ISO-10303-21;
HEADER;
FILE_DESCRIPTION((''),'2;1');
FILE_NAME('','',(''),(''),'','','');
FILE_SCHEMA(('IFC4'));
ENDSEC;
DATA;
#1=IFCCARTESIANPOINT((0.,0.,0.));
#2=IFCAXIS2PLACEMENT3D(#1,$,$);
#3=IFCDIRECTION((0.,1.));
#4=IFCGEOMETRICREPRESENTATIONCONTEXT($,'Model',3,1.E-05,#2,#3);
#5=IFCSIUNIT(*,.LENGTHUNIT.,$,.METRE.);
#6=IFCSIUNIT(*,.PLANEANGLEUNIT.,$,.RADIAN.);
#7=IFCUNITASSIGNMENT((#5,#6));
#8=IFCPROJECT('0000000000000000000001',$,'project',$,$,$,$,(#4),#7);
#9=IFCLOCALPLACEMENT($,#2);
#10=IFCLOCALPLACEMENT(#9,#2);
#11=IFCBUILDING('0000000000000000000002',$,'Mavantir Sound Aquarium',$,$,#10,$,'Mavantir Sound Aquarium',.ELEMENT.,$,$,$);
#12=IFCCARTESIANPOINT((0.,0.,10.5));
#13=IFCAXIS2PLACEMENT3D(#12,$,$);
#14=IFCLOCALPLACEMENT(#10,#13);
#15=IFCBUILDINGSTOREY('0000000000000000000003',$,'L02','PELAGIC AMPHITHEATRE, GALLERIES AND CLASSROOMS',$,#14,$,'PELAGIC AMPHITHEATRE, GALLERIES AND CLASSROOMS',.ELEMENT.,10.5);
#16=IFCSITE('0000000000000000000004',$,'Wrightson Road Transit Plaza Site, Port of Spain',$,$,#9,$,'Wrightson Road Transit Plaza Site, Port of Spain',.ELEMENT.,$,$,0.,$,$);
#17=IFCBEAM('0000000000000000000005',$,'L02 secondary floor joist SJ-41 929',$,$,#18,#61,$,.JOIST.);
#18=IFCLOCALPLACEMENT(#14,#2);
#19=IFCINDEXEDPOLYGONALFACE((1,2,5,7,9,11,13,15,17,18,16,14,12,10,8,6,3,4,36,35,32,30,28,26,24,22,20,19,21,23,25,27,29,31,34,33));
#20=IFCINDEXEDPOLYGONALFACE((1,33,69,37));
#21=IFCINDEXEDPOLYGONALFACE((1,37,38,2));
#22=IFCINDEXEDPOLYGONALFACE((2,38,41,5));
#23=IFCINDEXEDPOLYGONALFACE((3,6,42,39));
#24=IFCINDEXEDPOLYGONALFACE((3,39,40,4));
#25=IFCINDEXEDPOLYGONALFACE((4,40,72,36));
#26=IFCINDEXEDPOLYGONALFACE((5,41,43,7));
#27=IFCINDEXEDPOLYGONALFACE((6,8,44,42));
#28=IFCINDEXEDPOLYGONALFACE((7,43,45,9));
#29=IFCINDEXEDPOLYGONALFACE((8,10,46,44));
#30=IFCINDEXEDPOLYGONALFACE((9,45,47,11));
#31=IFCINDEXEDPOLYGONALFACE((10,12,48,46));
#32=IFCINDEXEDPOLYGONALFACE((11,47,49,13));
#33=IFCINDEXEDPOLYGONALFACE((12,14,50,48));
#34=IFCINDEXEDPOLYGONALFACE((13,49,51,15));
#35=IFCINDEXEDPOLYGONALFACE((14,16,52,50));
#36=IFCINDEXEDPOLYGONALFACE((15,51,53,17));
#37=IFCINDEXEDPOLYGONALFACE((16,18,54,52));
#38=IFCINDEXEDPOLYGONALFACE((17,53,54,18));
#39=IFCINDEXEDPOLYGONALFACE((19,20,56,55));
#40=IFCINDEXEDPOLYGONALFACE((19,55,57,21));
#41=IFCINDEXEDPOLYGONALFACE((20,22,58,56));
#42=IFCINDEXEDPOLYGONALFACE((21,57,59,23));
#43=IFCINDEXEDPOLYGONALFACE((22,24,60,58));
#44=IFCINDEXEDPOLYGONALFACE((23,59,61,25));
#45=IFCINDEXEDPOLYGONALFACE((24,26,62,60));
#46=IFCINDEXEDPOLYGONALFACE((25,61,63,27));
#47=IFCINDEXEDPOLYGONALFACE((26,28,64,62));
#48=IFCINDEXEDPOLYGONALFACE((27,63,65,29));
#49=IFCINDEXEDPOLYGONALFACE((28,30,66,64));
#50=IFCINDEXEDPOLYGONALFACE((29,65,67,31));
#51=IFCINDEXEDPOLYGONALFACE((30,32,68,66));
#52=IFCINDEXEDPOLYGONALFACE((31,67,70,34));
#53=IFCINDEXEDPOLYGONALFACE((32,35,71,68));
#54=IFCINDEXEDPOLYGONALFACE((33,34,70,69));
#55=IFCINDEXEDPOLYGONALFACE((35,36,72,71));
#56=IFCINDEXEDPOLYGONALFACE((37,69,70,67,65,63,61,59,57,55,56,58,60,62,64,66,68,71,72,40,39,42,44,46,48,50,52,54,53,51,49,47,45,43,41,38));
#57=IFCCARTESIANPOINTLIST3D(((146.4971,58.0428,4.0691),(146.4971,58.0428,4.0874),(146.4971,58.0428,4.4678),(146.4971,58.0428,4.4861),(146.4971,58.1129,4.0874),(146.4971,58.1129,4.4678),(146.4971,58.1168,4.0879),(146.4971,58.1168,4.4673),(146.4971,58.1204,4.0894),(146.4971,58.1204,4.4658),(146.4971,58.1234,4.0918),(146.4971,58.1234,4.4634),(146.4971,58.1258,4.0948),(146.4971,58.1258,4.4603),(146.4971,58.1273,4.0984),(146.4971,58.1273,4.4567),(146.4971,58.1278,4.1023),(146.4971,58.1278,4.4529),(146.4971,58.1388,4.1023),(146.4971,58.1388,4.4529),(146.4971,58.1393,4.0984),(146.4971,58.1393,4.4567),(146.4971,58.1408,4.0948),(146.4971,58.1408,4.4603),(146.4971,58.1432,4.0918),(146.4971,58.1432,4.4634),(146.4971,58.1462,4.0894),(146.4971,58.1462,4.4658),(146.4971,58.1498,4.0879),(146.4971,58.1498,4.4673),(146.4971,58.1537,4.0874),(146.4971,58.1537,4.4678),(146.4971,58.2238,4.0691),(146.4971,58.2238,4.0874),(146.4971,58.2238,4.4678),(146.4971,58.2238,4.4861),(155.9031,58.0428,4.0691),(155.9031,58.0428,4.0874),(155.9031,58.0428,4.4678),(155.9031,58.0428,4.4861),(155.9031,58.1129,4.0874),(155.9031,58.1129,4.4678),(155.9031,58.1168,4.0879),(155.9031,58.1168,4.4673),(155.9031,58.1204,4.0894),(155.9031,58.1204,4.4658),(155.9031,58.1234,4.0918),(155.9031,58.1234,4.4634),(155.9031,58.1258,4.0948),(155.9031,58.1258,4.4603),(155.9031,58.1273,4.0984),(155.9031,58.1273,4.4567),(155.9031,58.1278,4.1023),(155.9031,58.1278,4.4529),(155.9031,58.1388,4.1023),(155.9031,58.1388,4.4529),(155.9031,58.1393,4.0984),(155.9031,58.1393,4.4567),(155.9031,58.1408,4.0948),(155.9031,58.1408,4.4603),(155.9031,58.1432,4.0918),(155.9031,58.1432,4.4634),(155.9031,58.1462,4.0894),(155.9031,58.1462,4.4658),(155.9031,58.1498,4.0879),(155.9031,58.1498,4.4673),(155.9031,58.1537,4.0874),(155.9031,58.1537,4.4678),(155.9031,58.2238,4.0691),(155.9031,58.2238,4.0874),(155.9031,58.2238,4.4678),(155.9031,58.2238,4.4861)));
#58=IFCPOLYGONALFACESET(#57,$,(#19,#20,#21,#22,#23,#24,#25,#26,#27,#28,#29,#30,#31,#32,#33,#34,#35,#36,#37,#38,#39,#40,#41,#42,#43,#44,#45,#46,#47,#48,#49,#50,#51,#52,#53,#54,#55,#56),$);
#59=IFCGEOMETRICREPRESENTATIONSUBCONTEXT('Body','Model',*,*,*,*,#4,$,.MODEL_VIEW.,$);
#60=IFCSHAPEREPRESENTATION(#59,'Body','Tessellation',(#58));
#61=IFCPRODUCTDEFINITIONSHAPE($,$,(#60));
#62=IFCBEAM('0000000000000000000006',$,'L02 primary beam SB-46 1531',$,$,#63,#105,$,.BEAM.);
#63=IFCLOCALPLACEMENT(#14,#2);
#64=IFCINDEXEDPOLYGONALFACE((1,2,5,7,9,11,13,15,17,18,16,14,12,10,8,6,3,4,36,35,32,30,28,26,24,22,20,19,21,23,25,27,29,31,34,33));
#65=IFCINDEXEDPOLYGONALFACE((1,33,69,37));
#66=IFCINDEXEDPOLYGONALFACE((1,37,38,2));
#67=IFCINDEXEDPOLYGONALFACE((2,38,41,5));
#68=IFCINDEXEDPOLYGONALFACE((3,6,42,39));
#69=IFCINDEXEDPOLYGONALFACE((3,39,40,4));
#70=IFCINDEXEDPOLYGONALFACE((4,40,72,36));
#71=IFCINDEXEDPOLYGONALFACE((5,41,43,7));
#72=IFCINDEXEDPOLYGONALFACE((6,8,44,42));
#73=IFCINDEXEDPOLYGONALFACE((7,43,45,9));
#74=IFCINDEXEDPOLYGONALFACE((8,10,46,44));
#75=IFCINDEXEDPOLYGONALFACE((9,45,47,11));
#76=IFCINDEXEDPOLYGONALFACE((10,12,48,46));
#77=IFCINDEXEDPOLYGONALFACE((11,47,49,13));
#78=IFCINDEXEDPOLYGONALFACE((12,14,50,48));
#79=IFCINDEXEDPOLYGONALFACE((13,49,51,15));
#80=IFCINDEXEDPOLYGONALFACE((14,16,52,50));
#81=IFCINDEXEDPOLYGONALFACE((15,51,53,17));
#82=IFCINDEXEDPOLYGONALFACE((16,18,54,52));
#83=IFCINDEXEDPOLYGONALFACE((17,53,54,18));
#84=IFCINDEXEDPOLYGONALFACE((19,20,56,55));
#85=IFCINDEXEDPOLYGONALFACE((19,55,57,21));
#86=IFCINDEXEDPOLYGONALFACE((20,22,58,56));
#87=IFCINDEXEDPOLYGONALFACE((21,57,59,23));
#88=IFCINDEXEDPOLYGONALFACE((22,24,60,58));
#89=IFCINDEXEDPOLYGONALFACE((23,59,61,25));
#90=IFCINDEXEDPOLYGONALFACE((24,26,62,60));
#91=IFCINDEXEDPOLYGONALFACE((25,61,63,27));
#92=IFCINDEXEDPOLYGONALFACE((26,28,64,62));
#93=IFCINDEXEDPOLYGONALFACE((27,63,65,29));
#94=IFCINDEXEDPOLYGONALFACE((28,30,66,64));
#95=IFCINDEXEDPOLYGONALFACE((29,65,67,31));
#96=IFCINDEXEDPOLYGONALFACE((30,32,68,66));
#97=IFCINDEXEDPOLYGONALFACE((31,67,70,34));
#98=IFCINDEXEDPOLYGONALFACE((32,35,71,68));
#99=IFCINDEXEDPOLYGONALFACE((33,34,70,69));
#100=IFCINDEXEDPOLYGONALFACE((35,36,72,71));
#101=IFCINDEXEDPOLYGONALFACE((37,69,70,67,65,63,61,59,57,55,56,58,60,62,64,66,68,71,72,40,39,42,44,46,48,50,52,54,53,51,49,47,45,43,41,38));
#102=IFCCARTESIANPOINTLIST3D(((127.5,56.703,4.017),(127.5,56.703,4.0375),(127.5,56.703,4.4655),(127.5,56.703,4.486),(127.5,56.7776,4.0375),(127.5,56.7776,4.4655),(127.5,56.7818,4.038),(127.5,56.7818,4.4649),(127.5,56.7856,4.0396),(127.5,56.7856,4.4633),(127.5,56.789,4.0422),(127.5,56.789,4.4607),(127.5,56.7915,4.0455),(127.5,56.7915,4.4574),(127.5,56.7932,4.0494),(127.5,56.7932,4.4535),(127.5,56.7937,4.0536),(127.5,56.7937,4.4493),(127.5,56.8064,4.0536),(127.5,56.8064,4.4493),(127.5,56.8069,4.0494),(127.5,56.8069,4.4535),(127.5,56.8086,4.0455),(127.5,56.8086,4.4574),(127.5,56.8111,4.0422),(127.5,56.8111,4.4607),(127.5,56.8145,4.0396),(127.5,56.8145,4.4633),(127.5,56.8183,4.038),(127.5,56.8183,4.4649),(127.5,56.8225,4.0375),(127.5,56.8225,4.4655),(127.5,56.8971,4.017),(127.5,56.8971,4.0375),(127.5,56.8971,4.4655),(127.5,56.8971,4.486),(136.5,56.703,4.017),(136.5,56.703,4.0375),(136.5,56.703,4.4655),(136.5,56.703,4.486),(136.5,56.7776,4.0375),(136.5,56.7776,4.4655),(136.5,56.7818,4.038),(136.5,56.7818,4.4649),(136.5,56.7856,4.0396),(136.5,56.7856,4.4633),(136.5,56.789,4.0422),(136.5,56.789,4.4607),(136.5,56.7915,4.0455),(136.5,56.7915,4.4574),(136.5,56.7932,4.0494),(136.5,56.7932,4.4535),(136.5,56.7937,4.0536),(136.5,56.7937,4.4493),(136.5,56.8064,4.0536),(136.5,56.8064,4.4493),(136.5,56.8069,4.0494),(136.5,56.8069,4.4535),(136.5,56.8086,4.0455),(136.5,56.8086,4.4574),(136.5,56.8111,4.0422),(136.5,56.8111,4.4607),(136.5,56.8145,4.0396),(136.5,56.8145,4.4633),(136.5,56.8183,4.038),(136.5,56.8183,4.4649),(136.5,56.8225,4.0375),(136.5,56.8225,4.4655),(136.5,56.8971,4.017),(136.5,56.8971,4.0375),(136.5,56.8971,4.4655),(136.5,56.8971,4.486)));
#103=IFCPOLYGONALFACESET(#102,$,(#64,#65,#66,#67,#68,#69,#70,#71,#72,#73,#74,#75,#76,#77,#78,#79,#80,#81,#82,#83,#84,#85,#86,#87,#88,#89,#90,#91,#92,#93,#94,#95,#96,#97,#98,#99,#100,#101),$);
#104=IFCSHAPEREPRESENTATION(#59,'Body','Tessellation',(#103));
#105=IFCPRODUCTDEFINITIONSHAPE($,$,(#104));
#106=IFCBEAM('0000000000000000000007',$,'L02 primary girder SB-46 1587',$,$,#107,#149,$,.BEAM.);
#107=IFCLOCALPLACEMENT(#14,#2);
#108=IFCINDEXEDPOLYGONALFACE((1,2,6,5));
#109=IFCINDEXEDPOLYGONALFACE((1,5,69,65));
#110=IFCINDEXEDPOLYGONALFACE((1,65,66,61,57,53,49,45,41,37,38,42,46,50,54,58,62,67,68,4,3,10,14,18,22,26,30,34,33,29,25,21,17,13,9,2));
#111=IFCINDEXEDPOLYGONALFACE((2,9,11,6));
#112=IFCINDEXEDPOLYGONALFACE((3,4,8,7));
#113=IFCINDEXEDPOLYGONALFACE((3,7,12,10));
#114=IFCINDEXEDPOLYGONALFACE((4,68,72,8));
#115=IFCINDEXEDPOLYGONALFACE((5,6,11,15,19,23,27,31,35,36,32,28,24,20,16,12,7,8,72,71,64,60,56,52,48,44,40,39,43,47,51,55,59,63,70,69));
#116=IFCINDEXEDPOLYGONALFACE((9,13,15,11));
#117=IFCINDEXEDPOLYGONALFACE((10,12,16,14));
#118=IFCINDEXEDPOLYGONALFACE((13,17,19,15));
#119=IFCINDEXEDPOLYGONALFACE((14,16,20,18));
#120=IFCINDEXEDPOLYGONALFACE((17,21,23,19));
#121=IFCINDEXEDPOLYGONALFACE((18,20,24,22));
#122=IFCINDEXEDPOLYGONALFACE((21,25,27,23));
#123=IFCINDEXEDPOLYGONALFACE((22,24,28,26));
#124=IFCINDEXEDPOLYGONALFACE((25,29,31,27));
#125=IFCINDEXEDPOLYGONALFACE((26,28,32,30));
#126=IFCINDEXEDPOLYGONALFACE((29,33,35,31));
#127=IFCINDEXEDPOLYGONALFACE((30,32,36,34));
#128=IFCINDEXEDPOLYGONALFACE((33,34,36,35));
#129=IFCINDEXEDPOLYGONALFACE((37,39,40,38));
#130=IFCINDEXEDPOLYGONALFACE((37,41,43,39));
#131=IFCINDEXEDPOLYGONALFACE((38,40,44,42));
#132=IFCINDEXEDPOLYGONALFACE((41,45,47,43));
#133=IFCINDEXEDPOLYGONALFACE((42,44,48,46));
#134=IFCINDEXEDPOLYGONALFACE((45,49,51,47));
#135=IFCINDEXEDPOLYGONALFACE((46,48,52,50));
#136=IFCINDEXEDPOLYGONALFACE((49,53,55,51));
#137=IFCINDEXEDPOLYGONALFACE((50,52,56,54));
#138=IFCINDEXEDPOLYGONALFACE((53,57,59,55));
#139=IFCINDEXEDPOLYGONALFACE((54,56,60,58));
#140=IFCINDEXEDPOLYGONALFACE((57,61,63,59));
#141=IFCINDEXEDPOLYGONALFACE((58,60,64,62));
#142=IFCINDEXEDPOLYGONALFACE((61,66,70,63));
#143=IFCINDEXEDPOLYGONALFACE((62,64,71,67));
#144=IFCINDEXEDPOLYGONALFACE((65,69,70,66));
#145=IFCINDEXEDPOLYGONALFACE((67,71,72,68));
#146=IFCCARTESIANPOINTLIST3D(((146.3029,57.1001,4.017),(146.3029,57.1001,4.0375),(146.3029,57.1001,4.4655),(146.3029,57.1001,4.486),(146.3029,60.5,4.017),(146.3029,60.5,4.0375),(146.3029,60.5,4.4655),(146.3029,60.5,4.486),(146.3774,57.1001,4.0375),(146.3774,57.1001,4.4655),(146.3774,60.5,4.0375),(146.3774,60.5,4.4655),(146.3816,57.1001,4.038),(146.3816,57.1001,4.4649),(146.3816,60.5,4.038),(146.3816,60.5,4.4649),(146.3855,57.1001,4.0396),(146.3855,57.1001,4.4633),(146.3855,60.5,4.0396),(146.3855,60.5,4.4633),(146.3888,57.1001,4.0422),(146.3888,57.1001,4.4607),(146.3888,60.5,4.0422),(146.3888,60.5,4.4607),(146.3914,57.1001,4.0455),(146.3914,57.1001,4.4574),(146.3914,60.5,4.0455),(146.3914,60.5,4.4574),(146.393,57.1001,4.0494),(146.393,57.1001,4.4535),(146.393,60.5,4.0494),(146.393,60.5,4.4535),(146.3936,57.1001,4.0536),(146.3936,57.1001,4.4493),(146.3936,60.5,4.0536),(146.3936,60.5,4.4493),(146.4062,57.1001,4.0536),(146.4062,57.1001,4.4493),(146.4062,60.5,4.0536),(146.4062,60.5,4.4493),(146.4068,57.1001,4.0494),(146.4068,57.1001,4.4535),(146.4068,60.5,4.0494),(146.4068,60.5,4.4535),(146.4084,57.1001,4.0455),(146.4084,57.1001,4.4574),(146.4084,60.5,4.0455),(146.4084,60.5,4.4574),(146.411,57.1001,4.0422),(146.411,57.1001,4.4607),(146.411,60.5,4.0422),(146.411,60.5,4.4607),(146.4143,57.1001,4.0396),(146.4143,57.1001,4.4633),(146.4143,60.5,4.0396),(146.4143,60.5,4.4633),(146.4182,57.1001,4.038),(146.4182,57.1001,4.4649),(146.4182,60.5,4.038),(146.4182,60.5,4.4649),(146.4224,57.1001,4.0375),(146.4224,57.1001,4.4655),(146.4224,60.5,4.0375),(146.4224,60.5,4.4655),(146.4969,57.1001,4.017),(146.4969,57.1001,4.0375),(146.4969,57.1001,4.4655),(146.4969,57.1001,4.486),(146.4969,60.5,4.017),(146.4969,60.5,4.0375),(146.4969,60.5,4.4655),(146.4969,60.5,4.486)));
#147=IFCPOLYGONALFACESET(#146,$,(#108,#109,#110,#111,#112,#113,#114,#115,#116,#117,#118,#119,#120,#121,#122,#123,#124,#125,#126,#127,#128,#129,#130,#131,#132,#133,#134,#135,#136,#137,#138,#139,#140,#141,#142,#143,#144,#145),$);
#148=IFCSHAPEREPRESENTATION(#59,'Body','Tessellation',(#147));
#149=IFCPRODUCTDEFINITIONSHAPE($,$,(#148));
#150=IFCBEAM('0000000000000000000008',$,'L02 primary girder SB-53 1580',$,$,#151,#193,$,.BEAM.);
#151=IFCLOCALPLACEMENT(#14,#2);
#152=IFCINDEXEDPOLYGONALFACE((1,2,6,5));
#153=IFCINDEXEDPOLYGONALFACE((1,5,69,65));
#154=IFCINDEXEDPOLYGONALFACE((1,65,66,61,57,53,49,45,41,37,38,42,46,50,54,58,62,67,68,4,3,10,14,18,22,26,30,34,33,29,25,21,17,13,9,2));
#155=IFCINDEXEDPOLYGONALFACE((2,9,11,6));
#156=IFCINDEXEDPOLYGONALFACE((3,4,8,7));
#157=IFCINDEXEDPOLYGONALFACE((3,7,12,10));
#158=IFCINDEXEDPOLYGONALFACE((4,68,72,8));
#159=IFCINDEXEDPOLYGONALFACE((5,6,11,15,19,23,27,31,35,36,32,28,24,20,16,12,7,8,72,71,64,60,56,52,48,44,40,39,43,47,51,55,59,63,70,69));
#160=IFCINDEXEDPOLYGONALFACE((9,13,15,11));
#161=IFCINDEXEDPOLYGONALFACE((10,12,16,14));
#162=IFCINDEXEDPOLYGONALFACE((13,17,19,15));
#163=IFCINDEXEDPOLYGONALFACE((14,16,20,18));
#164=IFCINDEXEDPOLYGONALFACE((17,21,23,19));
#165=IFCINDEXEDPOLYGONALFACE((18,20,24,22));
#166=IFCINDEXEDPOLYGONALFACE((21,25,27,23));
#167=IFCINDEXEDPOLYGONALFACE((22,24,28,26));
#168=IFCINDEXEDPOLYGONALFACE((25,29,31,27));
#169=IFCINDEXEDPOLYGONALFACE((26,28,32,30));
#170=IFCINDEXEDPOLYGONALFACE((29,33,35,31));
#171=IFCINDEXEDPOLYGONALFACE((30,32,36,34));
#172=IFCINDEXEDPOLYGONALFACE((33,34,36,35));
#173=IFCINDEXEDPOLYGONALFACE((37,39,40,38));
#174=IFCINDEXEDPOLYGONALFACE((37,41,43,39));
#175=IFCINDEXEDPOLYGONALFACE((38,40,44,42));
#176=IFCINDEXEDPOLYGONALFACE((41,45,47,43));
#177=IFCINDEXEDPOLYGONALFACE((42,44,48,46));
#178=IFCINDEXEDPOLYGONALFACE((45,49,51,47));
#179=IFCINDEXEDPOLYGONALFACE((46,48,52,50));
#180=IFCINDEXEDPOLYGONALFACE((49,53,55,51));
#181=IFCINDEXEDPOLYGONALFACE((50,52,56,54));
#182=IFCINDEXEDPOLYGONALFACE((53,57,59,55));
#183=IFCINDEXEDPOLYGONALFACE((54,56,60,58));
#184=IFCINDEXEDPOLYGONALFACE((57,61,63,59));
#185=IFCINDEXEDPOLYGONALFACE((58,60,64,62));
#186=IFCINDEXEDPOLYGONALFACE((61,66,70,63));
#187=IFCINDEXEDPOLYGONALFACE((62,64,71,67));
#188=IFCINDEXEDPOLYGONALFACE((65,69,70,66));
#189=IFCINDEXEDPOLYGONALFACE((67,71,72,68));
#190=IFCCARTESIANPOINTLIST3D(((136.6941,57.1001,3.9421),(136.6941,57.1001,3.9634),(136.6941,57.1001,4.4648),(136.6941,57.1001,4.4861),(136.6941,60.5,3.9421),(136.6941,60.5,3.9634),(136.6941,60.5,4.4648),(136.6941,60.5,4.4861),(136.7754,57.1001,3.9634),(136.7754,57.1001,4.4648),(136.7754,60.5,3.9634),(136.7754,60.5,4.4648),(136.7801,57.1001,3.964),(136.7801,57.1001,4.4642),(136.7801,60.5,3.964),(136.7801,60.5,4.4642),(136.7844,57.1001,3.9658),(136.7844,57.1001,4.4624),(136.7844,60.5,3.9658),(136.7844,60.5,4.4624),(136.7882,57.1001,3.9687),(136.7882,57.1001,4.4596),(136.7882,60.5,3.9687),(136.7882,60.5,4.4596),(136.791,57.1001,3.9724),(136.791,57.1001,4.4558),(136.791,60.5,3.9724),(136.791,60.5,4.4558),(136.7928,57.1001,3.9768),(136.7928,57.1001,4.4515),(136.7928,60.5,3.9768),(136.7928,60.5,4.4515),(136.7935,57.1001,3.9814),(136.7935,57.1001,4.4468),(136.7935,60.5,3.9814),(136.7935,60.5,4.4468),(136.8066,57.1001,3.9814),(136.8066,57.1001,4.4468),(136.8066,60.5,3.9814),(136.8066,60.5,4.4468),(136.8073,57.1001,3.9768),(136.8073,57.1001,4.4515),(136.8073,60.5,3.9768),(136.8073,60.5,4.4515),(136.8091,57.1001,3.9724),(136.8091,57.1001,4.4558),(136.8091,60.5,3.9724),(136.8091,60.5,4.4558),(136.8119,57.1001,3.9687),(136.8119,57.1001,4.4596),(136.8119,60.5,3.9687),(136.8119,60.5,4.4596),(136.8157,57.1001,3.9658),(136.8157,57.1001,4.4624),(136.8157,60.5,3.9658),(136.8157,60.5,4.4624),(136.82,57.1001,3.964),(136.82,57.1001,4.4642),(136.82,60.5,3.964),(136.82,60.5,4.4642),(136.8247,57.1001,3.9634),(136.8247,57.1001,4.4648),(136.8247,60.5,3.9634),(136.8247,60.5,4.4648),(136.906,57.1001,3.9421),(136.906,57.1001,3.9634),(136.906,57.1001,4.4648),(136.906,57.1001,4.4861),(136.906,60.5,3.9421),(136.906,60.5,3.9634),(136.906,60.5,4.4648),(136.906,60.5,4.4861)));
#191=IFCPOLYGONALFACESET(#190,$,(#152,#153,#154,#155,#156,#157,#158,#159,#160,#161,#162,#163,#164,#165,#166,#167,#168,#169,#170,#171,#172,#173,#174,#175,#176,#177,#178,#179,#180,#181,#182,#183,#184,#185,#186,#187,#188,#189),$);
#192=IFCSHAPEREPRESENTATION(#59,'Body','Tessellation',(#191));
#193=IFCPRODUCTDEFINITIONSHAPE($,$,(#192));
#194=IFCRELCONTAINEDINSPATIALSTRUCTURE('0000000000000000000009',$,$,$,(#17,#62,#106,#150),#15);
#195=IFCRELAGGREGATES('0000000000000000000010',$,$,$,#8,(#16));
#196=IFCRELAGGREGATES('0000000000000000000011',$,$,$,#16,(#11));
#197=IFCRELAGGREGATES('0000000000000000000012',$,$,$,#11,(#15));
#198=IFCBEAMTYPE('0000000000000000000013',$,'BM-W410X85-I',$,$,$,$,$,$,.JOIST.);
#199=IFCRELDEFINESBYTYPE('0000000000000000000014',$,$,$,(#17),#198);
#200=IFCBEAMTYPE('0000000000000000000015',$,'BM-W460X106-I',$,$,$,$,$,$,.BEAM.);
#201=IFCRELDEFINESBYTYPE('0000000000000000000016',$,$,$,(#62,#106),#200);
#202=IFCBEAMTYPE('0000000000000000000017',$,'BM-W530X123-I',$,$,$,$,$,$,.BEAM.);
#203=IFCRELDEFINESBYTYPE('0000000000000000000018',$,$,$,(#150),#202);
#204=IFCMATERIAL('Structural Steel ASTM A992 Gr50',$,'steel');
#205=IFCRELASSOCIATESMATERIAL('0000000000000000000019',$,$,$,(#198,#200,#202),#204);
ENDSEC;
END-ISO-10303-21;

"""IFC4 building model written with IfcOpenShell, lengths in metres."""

from ifc_helpers import new_model, si_unit, direction, frame, origin, origin_2d, place, context, subcontext, project, spatial, i_section, extrude, material, material_profile, profile_set, type_object, element, save


model = new_model("IFC4")

# Units and contexts
model_context = context("Model", 3, precision=1e-05, world=origin(), true_north=direction((0.0, 1.0)))
body_context = subcontext(model_context, "Body", "Model", "MODEL_VIEW")
ifc_project = project(units=[si_unit("LENGTHUNIT", "METRE"), si_unit("PLANEANGLEUNIT", "RADIAN")], contexts=[model_context])

# Site, building, storey
site_placement = place(None, origin())
site = spatial("IfcSite", under=ifc_project, at=site_placement, Name="Wrightson Road Transit Plaza Site, Port of Spain", LongName="Wrightson Road Transit Plaza Site, Port of Spain", CompositionType="ELEMENT", RefElevation=0.0)
building_placement = place(site_placement, origin())
building = spatial("IfcBuilding", under=site, at=building_placement, Name="Mavantir Sound Aquarium", LongName="Mavantir Sound Aquarium", CompositionType="ELEMENT")
storey_placement = place(building_placement, frame((0.0, 0.0, 10.5)))
storey = spatial("IfcBuildingStorey", under=building, at=storey_placement, Name="L02", Description="PELAGIC AMPHITHEATRE, GALLERIES AND CLASSROOMS", LongName="PELAGIC AMPHITHEATRE, GALLERIES AND CLASSROOMS", CompositionType="ELEMENT", Elevation=10.5)

# Beams
ifc_material_1 = material(Name="Structural Steel ASTM A992 Gr50", Category="steel")
ifc_material_profile_1 = material_profile(ifc_material_1, i_section(OverallWidth=0.1809, OverallDepth=0.417, WebThickness=0.011, FlangeThickness=0.0183, FilletRadius=0.0149, at=origin_2d()), Name="W410X85")
ifc_profile_set_1 = profile_set([ifc_material_profile_1], Name="Structural Steel ASTM A992 Gr50")
beam_type_1 = type_object("IfcBeamType", Name="BM-W410X85-I", PredefinedType="JOIST", material=ifc_profile_set_1)
beam_1_placement = place(storey_placement, frame((146.4971, 58.1333, 4.2776), z_axis=(1.0, 0.0, 0.0), x_axis=(0.0, 1.0, 0.0)))
element("IfcBeam", 1, at=beam_1_placement, inside=storey, type_object=beam_type_1, Name="L02 secondary floor joist SJ-41 929", PredefinedType="JOIST", context=body_context, shape_type="SweptSolid", body=[
    extrude(i_section(OverallWidth=0.1809, OverallDepth=0.417, WebThickness=0.011, FlangeThickness=0.0183, FilletRadius=0.0149, at=origin_2d()), origin(), (0.0, 0.0, 1.0), 9.406),
])
ifc_material_profile_2 = material_profile(ifc_material_1, i_section(OverallWidth=0.1941, OverallDepth=0.469, WebThickness=0.0127, FlangeThickness=0.0205, FilletRadius=0.0161, at=origin_2d()), Name="W460X106")
ifc_profile_set_2 = profile_set([ifc_material_profile_2], Name="Structural Steel ASTM A992 Gr50")
beam_type_2 = type_object("IfcBeamType", Name="BM-W460X106-I", PredefinedType="BEAM", material=ifc_profile_set_2)
beam_2_placement = place(storey_placement, frame((127.5, 56.8, 4.2515), z_axis=(1.0, 0.0, 0.0), x_axis=(0.0, 1.0, 0.0)))
element("IfcBeam", 2, at=beam_2_placement, inside=storey, type_object=beam_type_2, Name="L02 primary beam SB-46 1531", PredefinedType="BEAM", context=body_context, shape_type="SweptSolid", body=[
    extrude(i_section(OverallWidth=0.1941, OverallDepth=0.469, WebThickness=0.0127, FlangeThickness=0.0205, FilletRadius=0.0161, at=origin_2d()), origin(), (0.0, 0.0, 1.0), 9.0),
])
beam_3_placement = place(storey_placement, frame((146.3999, 57.1001, 4.2515), z_axis=(0.0, 1.0, 0.0), x_axis=(-1.0, 0.0, 0.0)))
element("IfcBeam", 3, at=beam_3_placement, inside=storey, type_object=beam_type_2, Name="L02 primary girder SB-46 1587", PredefinedType="BEAM", context=body_context, shape_type="SweptSolid", body=[
    extrude(i_section(OverallWidth=0.1941, OverallDepth=0.469, WebThickness=0.0127, FlangeThickness=0.0205, FilletRadius=0.0161, at=origin_2d()), origin(), (0.0, 0.0, 1.0), 3.3999),
])
ifc_material_profile_3 = material_profile(ifc_material_1, i_section(OverallWidth=0.2119, OverallDepth=0.5439, WebThickness=0.0132, FlangeThickness=0.0212, FilletRadius=0.0181, at=origin_2d()), Name="W530X123")
ifc_profile_set_3 = profile_set([ifc_material_profile_3], Name="Structural Steel ASTM A992 Gr50")
beam_type_3 = type_object("IfcBeamType", Name="BM-W530X123-I", PredefinedType="BEAM", material=ifc_profile_set_3)
beam_4_placement = place(storey_placement, frame((136.8, 57.1001, 4.2141), z_axis=(0.0, 1.0, 0.0), x_axis=(-1.0, 0.0, 0.0)))
element("IfcBeam", 4, at=beam_4_placement, inside=storey, type_object=beam_type_3, Name="L02 primary girder SB-53 1580", PredefinedType="BEAM", context=body_context, shape_type="SweptSolid", body=[
    extrude(i_section(OverallWidth=0.2119, OverallDepth=0.5439, WebThickness=0.0132, FlangeThickness=0.0212, FilletRadius=0.0181, at=origin_2d()), origin(), (0.0, 0.0, 1.0), 3.3999),
])

save(model, "model.ifc")
